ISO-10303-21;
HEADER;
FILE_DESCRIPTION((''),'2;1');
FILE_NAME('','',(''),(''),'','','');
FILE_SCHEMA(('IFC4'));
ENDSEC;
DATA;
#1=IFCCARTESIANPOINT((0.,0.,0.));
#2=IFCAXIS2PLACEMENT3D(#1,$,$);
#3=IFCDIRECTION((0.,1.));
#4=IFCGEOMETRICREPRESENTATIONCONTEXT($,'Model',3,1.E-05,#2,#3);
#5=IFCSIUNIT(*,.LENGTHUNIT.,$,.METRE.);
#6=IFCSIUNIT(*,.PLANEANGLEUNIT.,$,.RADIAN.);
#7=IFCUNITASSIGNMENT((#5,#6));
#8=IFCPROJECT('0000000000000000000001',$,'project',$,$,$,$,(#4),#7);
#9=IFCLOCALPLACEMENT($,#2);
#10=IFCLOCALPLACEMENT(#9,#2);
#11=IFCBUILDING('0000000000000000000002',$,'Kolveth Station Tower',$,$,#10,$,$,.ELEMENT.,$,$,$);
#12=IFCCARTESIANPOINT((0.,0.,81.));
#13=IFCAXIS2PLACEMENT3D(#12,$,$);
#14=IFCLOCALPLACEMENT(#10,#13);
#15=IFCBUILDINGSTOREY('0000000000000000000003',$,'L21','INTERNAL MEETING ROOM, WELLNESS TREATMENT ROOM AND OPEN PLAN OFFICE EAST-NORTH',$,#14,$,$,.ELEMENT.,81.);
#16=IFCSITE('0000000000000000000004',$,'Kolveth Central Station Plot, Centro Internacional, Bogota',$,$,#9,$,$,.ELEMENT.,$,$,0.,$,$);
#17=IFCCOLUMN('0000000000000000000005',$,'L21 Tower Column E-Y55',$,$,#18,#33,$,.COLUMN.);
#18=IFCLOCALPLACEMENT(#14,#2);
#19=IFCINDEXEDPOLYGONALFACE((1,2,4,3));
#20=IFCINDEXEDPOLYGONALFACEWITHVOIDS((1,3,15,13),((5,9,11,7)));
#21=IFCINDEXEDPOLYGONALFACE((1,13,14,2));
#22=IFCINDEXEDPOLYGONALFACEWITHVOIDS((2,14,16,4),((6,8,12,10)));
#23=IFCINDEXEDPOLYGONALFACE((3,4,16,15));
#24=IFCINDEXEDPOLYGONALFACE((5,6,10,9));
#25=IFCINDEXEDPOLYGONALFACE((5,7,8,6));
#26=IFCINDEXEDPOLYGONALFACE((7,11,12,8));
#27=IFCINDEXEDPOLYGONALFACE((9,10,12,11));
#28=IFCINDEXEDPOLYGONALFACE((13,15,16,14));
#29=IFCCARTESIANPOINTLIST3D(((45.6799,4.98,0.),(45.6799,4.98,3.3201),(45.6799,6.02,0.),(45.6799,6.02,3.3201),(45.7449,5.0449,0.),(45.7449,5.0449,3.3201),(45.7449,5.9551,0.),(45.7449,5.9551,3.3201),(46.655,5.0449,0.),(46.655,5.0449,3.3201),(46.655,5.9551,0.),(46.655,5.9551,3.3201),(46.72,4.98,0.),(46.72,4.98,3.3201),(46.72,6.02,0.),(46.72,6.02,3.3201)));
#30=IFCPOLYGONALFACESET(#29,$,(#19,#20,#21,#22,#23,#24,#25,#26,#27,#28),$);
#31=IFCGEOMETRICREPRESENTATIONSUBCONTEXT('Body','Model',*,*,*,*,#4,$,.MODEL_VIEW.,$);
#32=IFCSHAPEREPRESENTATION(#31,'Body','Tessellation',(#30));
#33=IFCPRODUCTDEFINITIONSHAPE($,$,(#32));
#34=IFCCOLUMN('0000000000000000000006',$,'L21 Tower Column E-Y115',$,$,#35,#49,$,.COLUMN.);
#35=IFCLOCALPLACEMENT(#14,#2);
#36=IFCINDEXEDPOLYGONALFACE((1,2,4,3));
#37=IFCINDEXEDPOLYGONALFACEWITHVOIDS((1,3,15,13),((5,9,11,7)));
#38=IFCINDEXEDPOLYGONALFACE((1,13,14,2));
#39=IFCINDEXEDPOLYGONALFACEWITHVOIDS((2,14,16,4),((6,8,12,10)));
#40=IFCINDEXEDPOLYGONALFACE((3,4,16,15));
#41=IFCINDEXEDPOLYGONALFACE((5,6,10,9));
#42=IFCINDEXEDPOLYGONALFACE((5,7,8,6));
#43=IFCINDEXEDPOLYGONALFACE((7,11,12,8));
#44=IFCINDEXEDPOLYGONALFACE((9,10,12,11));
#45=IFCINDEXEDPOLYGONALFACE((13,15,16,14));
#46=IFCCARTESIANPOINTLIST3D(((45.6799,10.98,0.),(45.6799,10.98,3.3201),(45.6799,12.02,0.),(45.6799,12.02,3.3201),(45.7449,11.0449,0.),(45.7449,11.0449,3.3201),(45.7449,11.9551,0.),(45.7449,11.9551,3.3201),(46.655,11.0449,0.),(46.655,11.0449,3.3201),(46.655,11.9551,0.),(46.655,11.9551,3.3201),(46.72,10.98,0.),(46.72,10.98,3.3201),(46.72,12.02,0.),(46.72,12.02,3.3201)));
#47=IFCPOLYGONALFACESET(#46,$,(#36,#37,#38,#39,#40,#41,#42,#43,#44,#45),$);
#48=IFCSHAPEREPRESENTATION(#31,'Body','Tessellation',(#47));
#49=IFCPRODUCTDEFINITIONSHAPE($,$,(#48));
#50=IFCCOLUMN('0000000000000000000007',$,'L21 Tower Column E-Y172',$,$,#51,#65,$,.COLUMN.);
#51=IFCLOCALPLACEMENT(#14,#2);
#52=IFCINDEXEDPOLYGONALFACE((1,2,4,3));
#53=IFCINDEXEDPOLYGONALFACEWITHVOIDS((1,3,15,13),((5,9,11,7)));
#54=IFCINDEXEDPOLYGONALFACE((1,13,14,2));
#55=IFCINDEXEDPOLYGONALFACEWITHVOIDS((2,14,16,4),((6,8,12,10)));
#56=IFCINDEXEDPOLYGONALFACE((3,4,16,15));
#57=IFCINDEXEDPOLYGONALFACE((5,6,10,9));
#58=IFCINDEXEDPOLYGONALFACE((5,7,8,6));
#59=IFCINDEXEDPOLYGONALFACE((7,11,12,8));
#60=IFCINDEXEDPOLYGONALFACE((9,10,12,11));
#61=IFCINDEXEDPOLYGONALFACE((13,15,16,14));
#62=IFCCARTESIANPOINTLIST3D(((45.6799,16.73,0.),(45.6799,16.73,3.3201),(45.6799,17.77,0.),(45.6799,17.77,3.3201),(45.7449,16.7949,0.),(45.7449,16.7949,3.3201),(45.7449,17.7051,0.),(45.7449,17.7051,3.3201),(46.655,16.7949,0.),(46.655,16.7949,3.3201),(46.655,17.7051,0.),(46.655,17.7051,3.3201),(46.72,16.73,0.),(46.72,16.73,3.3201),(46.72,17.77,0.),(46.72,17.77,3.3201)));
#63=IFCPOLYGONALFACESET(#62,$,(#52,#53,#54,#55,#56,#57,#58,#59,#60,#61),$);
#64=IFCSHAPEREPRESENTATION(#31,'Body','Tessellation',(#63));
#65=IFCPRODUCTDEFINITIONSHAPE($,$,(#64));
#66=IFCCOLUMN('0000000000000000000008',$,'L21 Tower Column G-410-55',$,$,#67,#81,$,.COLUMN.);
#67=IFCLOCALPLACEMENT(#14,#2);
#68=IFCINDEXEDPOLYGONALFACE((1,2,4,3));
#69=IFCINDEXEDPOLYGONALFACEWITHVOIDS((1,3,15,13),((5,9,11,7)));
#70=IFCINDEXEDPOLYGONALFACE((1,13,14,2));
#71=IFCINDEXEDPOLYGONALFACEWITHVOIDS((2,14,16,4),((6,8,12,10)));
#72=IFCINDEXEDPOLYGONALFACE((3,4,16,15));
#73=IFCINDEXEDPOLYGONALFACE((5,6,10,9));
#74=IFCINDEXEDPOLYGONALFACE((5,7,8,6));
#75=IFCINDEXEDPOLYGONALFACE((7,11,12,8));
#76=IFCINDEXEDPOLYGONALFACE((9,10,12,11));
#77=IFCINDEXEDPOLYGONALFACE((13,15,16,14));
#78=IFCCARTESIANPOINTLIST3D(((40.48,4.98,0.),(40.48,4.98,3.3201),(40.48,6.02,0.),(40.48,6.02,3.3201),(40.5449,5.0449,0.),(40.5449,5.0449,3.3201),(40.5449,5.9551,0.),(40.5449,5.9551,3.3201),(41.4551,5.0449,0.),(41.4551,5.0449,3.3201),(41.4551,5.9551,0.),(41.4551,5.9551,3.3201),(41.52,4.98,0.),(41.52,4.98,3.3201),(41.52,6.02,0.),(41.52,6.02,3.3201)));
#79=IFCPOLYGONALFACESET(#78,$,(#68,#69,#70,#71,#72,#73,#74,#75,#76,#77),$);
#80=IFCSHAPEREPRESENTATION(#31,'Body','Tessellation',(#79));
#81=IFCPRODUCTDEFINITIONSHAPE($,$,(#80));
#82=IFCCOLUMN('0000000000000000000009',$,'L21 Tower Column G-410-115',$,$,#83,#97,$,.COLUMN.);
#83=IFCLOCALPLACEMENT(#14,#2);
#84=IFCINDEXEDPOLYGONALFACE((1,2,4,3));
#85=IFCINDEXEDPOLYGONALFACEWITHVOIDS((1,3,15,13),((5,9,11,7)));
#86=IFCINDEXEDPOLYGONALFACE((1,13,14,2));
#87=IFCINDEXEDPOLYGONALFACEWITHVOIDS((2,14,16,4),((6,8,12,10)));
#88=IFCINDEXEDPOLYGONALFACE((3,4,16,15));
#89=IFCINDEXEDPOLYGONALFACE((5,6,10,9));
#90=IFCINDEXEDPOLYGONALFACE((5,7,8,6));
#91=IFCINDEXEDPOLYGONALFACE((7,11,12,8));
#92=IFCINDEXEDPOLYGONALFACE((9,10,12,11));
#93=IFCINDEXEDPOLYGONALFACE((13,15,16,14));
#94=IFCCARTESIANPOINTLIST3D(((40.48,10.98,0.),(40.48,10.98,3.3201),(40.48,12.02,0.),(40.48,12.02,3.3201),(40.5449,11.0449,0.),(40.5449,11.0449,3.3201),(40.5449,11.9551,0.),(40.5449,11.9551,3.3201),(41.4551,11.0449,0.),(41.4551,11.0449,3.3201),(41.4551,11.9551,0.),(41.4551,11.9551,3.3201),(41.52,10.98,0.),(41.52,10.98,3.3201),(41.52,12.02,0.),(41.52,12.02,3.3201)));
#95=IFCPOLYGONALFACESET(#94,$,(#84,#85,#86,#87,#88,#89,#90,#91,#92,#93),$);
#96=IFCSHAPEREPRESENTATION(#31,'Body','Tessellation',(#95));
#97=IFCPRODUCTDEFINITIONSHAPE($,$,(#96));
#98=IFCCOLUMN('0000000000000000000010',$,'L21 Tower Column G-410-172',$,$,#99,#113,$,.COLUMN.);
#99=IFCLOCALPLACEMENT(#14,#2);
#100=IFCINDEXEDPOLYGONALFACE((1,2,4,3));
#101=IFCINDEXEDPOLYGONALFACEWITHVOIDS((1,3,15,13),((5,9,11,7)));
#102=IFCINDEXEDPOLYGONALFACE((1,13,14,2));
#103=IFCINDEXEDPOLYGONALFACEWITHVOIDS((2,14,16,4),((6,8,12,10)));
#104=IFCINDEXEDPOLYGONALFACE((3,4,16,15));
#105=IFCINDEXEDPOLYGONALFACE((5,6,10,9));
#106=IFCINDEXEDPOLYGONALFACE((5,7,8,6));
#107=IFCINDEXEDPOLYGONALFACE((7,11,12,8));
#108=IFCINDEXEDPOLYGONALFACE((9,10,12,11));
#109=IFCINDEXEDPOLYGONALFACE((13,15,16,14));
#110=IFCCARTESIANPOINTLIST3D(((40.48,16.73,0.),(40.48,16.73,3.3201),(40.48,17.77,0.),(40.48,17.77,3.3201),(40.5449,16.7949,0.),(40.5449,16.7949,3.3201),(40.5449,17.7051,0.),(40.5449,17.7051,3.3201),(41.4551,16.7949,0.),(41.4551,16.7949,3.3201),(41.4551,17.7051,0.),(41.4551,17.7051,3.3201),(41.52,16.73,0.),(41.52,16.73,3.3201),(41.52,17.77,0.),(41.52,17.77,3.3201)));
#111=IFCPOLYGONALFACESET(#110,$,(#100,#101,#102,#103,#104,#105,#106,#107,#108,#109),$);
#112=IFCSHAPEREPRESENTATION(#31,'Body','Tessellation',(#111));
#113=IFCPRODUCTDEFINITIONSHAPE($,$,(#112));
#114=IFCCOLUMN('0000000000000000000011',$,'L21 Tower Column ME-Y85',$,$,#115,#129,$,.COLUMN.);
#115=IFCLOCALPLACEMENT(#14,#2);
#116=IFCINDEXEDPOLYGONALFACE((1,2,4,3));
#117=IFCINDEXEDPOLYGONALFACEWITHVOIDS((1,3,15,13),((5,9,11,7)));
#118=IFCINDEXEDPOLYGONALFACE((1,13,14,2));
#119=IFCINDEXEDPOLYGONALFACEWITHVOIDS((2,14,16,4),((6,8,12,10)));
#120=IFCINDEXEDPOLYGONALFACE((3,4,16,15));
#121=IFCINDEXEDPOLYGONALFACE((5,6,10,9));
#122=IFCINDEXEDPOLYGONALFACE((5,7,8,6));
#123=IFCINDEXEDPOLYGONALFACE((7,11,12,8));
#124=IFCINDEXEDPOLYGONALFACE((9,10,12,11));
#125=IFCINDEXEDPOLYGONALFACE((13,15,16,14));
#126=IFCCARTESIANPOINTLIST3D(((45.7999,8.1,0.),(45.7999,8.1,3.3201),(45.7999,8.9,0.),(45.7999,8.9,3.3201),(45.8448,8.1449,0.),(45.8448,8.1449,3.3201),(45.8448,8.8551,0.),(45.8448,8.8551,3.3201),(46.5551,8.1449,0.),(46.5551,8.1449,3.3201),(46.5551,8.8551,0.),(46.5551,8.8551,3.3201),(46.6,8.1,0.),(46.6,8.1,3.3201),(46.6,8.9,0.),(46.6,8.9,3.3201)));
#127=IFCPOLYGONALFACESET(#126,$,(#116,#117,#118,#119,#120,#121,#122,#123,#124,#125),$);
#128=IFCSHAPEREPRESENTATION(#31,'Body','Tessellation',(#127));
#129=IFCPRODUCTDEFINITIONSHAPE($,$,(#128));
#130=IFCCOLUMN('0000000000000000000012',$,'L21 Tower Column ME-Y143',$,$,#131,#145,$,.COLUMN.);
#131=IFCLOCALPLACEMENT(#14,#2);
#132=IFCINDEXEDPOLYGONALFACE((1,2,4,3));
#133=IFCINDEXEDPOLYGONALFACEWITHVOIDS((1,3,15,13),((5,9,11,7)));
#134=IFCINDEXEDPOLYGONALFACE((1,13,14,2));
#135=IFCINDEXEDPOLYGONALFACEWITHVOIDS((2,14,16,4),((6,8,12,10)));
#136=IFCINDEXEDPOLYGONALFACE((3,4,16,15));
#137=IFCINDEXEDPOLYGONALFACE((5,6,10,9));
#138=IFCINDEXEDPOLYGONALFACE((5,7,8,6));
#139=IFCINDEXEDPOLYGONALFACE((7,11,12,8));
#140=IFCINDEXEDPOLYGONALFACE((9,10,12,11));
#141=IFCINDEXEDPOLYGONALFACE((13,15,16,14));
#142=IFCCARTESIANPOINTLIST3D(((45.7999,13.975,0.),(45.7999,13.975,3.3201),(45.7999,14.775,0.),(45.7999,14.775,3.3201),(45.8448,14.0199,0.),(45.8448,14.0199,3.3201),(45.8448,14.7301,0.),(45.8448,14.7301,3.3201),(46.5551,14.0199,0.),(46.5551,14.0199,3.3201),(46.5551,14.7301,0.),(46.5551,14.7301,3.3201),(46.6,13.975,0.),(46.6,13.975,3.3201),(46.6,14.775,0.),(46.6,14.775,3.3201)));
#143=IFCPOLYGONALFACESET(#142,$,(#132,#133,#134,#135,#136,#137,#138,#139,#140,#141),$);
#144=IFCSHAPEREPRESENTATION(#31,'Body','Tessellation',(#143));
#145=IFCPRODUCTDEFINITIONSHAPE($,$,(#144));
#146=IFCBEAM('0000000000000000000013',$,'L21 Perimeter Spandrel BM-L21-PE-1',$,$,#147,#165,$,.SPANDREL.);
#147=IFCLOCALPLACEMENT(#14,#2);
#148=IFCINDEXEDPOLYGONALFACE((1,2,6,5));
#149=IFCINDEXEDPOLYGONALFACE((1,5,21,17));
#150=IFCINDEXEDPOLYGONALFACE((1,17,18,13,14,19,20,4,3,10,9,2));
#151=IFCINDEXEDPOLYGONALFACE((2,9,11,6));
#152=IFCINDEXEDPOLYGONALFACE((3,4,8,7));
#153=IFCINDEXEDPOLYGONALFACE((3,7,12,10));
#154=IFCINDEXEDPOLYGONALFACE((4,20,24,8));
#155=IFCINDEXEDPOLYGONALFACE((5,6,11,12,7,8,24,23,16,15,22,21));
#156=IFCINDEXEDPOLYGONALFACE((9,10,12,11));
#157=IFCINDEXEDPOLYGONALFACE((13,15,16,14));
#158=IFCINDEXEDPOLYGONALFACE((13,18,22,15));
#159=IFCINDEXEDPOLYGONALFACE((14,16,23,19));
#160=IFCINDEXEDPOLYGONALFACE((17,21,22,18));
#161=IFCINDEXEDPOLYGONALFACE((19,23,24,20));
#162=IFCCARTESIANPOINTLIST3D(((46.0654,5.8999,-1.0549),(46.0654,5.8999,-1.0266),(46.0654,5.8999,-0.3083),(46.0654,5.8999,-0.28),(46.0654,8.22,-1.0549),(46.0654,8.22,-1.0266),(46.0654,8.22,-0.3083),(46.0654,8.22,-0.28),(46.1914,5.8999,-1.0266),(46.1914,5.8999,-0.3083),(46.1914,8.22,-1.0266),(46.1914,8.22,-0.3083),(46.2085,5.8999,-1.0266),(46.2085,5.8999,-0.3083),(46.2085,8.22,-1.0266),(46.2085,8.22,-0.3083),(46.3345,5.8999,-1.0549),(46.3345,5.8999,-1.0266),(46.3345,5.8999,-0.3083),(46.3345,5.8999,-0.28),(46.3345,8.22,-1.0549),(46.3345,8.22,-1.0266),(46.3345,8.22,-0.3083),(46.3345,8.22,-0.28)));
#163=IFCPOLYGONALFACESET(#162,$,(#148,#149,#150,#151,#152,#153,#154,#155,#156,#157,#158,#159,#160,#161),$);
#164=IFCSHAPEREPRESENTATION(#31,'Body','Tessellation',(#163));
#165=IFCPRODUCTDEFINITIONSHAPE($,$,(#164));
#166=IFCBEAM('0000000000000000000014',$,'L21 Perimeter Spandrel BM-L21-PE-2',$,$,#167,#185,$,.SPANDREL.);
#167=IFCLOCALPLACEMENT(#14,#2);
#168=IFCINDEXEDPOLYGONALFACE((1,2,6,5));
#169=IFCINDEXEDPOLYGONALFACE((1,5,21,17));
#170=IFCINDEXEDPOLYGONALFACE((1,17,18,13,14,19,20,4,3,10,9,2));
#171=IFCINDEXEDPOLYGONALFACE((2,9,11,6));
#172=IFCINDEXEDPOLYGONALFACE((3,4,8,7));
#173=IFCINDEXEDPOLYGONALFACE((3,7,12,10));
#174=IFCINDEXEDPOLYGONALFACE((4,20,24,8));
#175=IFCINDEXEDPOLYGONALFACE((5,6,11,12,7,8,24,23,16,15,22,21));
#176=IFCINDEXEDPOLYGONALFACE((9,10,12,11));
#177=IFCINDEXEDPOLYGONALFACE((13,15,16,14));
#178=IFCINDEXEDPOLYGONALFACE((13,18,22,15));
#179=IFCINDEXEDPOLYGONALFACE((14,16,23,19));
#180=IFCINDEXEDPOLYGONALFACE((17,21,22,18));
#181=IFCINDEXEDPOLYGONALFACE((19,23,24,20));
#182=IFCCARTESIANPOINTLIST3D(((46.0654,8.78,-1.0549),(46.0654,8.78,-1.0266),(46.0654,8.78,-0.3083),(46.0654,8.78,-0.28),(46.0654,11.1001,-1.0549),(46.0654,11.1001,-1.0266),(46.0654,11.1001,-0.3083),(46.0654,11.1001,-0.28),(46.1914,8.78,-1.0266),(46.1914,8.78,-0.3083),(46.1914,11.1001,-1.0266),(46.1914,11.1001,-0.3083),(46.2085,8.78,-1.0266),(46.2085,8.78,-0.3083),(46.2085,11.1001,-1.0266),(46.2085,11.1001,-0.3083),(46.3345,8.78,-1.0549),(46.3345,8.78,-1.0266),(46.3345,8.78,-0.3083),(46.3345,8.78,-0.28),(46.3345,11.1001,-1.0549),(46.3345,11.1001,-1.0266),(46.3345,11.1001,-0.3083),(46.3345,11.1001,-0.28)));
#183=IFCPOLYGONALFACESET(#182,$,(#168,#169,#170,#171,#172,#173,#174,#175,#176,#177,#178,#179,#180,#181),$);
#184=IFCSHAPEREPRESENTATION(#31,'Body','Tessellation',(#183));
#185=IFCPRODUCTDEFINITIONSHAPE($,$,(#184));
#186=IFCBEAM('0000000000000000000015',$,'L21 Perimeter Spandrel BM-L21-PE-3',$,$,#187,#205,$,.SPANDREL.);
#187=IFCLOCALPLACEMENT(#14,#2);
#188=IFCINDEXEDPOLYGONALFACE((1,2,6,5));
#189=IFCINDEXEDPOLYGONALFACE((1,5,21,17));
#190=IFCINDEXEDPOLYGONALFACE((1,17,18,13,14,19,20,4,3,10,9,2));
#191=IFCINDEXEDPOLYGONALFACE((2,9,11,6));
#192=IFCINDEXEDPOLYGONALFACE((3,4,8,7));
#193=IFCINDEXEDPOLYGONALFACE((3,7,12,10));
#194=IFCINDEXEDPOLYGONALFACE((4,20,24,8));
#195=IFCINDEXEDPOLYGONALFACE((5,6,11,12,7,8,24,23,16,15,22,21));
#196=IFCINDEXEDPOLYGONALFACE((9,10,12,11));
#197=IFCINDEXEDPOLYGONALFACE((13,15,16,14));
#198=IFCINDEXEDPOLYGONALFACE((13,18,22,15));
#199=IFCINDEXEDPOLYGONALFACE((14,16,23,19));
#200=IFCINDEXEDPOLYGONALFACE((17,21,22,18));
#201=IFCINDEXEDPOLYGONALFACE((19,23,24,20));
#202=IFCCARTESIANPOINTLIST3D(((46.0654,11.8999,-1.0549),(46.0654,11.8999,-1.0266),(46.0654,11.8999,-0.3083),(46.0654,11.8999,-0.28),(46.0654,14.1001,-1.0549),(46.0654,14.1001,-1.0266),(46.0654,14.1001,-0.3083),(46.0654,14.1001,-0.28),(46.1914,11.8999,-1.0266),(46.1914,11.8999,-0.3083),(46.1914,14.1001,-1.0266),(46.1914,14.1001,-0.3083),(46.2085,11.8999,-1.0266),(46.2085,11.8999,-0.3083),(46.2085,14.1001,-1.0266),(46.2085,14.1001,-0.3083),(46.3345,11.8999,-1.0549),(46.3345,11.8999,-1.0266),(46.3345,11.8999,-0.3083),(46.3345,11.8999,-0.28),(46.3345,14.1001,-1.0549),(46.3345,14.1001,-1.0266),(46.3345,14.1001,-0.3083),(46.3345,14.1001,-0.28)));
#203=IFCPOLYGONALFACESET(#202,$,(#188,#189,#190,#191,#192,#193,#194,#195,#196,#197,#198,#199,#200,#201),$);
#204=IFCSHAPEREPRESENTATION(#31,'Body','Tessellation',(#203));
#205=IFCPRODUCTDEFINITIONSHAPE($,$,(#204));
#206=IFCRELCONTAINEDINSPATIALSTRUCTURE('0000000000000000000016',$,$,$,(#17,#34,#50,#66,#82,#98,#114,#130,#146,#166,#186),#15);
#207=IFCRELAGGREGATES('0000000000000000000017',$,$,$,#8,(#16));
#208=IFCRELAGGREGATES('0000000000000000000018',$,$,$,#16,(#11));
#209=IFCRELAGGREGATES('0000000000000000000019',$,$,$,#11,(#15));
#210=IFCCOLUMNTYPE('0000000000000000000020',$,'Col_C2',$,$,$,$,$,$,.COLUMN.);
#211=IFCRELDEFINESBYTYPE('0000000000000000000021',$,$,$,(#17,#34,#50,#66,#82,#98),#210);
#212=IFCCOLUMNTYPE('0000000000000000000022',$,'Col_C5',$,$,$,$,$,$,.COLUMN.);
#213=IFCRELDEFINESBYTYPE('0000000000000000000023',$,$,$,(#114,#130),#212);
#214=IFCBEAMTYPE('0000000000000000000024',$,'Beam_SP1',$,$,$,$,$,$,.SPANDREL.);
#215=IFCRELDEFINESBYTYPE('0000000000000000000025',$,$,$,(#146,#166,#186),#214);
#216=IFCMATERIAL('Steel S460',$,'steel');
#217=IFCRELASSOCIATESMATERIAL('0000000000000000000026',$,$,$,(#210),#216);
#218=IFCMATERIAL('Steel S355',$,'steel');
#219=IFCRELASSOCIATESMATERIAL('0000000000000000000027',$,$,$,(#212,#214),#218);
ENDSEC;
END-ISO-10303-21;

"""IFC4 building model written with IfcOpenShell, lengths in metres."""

from ifc_helpers import new_model, si_unit, direction, frame, origin, origin_2d, place, context, subcontext, project, spatial, hollow_rectangle, i_section, extrude, source, transform, mapped, material, material_profile, profile_set, type_object, element, save


model = new_model("IFC4")

# Units and contexts
model_context = context("Model", 3, precision=1e-05, world=origin(), true_north=direction((0.0, 1.0)))
body_context = subcontext(model_context, "Body", "Model", "MODEL_VIEW")
ifc_project = project(units=[si_unit("LENGTHUNIT", "METRE"), si_unit("PLANEANGLEUNIT", "RADIAN")], contexts=[model_context])

# Site, building, storey
site_placement = place(None, origin())
site = spatial("IfcSite", under=ifc_project, at=site_placement, Name="Kolveth Central Station Plot, Centro Internacional, Bogota", CompositionType="ELEMENT", RefElevation=0.0)
building_placement = place(site_placement, origin())
building = spatial("IfcBuilding", under=site, at=building_placement, Name="Kolveth Station Tower", CompositionType="ELEMENT")
storey_placement = place(building_placement, frame((0.0, 0.0, 81.0)))
storey = spatial("IfcBuildingStorey", under=building, at=storey_placement, Name="L21", Description="INTERNAL MEETING ROOM, WELLNESS TREATMENT ROOM AND OPEN PLAN OFFICE EAST-NORTH", CompositionType="ELEMENT", Elevation=81.0)

# Columns
ifc_material_1 = material(Name="Steel S460", Category="steel")
ifc_material_profile_1 = material_profile(ifc_material_1, hollow_rectangle(XDim=1.04, YDim=1.04, WallThickness=0.0649, at=origin_2d()), Name="BOX1040x1040x65")
ifc_profile_set_1 = profile_set([ifc_material_profile_1], Name="Steel S460")
column_type_1 = type_object("IfcColumnType", Name="Col_C2", PredefinedType="COLUMN", material=ifc_profile_set_1)
shared_shape_1 = source(origin(), body_context, "Body", "SweptSolid", [
    extrude(hollow_rectangle(XDim=1.04, YDim=1.04, WallThickness=0.0649, at=origin_2d()), origin(), (0.0, 0.0, 1.0), 3.3201),
])
for number, where, z_axis, x_axis, name in (
    (1, (46.2, 5.5, 0.0), (0.0, 0.0, 1.0), (1.0, 0.0, 0.0), "L21 Tower Column E-Y55"),
    (2, (46.2, 11.5, 0.0), (0.0, 0.0, 1.0), (1.0, 0.0, 0.0), "L21 Tower Column E-Y115"),
    (3, (46.2, 17.25, 0.0), (0.0, 0.0, 1.0), (1.0, 0.0, 0.0), "L21 Tower Column E-Y172"),
    (4, (41.0, 5.5, 0.0), (0.0, 0.0, 1.0), (1.0, 0.0, 0.0), "L21 Tower Column G-410-55"),
    (5, (41.0, 11.5, 0.0), (0.0, 0.0, 1.0), (1.0, 0.0, 0.0), "L21 Tower Column G-410-115"),
    (6, (41.0, 17.25, 0.0), (0.0, 0.0, 1.0), (1.0, 0.0, 0.0), "L21 Tower Column G-410-172"),
):
    element("IfcColumn", number, at=place(storey_placement, frame(where, z_axis=z_axis, x_axis=x_axis)), inside=storey, type_object=column_type_1, Name=name, PredefinedType="COLUMN", context=body_context, shape_type="MappedRepresentation", body=[
        mapped(shared_shape_1, transform((0.0, 0.0, 0.0), x_axis=(1.0, 0.0, 0.0), y_axis=(0.0, 1.0, 0.0), z_axis=(0.0, 0.0, 1.0), scale=1.0)),
    ])
ifc_material_2 = material(Name="Steel S355", Category="steel")
ifc_material_profile_2 = material_profile(ifc_material_2, hollow_rectangle(XDim=0.8, YDim=0.8, WallThickness=0.0449, at=origin_2d()), Name="BOX800x800x45")
ifc_profile_set_2 = profile_set([ifc_material_profile_2], Name="Steel S355")
column_type_2 = type_object("IfcColumnType", Name="Col_C5", PredefinedType="COLUMN", material=ifc_profile_set_2)
shared_shape_2 = source(origin(), body_context, "Body", "SweptSolid", [
    extrude(hollow_rectangle(XDim=0.8, YDim=0.8, WallThickness=0.0449, at=origin_2d()), origin(), (0.0, 0.0, 1.0), 3.3201),
])
for number, where, z_axis, x_axis, name in (
    (7, (46.2, 8.5, 0.0), (0.0, 0.0, 1.0), (1.0, 0.0, 0.0), "L21 Tower Column ME-Y85"),
    (8, (46.2, 14.375, 0.0), (0.0, 0.0, 1.0), (1.0, 0.0, 0.0), "L21 Tower Column ME-Y143"),
):
    element("IfcColumn", number, at=place(storey_placement, frame(where, z_axis=z_axis, x_axis=x_axis)), inside=storey, type_object=column_type_2, Name=name, PredefinedType="COLUMN", context=body_context, shape_type="MappedRepresentation", body=[
        mapped(shared_shape_2, transform((0.0, 0.0, 0.0), x_axis=(1.0, 0.0, 0.0), y_axis=(0.0, 1.0, 0.0), z_axis=(0.0, 0.0, 1.0), scale=1.0)),
    ])

# Beams
ifc_material_profile_3 = material_profile(ifc_material_2, i_section(OverallWidth=0.269, OverallDepth=0.7749, WebThickness=0.0171, FlangeThickness=0.0283, at=origin_2d()), Name="W760x220")
ifc_profile_set_3 = profile_set([ifc_material_profile_3], Name="Steel S355")
beam_type_1 = type_object("IfcBeamType", Name="Beam_SP1", PredefinedType="SPANDREL", material=ifc_profile_set_3)
shared_shape_3 = source(origin(), body_context, "Body", "SweptSolid", [
    extrude(i_section(OverallWidth=0.269, OverallDepth=0.7749, WebThickness=0.0171, FlangeThickness=0.0283, at=origin_2d()), origin(), (0.0, 0.0, 1.0), 2.3201),
])
for number, where, z_axis, x_axis, name in (
    (9, (46.2, 5.8999, -0.6675), (0.0, 1.0, 0.0), (-1.0, 0.0, 0.0), "L21 Perimeter Spandrel BM-L21-PE-1"),
    (10, (46.2, 8.78, -0.6675), (0.0, 1.0, 0.0), (-1.0, 0.0, 0.0), "L21 Perimeter Spandrel BM-L21-PE-2"),
):
    element("IfcBeam", number, at=place(storey_placement, frame(where, z_axis=z_axis, x_axis=x_axis)), inside=storey, type_object=beam_type_1, Name=name, PredefinedType="SPANDREL", context=body_context, shape_type="MappedRepresentation", body=[
        mapped(shared_shape_3, transform((0.0, 0.0, 0.0), x_axis=(1.0, 0.0, 0.0), y_axis=(0.0, 1.0, 0.0), z_axis=(0.0, 0.0, 1.0), scale=1.0)),
    ])
shared_shape_4 = source(origin(), body_context, "Body", "SweptSolid", [
    extrude(i_section(OverallWidth=0.269, OverallDepth=0.7749, WebThickness=0.0171, FlangeThickness=0.0283, at=origin_2d()), origin(), (0.0, 0.0, 1.0), 2.2002),
])
beam_1_placement = place(storey_placement, frame((46.2, 11.8999, -0.6675), z_axis=(0.0, 1.0, 0.0), x_axis=(-1.0, 0.0, 0.0)))
element("IfcBeam", 11, at=beam_1_placement, inside=storey, type_object=beam_type_1, Name="L21 Perimeter Spandrel BM-L21-PE-3", PredefinedType="SPANDREL", context=body_context, shape_type="MappedRepresentation", body=[
    mapped(shared_shape_4, transform((0.0, 0.0, 0.0), x_axis=(1.0, 0.0, 0.0), y_axis=(0.0, 1.0, 0.0), z_axis=(0.0, 0.0, 1.0), scale=1.0)),
])

save(model, "model.ifc")
